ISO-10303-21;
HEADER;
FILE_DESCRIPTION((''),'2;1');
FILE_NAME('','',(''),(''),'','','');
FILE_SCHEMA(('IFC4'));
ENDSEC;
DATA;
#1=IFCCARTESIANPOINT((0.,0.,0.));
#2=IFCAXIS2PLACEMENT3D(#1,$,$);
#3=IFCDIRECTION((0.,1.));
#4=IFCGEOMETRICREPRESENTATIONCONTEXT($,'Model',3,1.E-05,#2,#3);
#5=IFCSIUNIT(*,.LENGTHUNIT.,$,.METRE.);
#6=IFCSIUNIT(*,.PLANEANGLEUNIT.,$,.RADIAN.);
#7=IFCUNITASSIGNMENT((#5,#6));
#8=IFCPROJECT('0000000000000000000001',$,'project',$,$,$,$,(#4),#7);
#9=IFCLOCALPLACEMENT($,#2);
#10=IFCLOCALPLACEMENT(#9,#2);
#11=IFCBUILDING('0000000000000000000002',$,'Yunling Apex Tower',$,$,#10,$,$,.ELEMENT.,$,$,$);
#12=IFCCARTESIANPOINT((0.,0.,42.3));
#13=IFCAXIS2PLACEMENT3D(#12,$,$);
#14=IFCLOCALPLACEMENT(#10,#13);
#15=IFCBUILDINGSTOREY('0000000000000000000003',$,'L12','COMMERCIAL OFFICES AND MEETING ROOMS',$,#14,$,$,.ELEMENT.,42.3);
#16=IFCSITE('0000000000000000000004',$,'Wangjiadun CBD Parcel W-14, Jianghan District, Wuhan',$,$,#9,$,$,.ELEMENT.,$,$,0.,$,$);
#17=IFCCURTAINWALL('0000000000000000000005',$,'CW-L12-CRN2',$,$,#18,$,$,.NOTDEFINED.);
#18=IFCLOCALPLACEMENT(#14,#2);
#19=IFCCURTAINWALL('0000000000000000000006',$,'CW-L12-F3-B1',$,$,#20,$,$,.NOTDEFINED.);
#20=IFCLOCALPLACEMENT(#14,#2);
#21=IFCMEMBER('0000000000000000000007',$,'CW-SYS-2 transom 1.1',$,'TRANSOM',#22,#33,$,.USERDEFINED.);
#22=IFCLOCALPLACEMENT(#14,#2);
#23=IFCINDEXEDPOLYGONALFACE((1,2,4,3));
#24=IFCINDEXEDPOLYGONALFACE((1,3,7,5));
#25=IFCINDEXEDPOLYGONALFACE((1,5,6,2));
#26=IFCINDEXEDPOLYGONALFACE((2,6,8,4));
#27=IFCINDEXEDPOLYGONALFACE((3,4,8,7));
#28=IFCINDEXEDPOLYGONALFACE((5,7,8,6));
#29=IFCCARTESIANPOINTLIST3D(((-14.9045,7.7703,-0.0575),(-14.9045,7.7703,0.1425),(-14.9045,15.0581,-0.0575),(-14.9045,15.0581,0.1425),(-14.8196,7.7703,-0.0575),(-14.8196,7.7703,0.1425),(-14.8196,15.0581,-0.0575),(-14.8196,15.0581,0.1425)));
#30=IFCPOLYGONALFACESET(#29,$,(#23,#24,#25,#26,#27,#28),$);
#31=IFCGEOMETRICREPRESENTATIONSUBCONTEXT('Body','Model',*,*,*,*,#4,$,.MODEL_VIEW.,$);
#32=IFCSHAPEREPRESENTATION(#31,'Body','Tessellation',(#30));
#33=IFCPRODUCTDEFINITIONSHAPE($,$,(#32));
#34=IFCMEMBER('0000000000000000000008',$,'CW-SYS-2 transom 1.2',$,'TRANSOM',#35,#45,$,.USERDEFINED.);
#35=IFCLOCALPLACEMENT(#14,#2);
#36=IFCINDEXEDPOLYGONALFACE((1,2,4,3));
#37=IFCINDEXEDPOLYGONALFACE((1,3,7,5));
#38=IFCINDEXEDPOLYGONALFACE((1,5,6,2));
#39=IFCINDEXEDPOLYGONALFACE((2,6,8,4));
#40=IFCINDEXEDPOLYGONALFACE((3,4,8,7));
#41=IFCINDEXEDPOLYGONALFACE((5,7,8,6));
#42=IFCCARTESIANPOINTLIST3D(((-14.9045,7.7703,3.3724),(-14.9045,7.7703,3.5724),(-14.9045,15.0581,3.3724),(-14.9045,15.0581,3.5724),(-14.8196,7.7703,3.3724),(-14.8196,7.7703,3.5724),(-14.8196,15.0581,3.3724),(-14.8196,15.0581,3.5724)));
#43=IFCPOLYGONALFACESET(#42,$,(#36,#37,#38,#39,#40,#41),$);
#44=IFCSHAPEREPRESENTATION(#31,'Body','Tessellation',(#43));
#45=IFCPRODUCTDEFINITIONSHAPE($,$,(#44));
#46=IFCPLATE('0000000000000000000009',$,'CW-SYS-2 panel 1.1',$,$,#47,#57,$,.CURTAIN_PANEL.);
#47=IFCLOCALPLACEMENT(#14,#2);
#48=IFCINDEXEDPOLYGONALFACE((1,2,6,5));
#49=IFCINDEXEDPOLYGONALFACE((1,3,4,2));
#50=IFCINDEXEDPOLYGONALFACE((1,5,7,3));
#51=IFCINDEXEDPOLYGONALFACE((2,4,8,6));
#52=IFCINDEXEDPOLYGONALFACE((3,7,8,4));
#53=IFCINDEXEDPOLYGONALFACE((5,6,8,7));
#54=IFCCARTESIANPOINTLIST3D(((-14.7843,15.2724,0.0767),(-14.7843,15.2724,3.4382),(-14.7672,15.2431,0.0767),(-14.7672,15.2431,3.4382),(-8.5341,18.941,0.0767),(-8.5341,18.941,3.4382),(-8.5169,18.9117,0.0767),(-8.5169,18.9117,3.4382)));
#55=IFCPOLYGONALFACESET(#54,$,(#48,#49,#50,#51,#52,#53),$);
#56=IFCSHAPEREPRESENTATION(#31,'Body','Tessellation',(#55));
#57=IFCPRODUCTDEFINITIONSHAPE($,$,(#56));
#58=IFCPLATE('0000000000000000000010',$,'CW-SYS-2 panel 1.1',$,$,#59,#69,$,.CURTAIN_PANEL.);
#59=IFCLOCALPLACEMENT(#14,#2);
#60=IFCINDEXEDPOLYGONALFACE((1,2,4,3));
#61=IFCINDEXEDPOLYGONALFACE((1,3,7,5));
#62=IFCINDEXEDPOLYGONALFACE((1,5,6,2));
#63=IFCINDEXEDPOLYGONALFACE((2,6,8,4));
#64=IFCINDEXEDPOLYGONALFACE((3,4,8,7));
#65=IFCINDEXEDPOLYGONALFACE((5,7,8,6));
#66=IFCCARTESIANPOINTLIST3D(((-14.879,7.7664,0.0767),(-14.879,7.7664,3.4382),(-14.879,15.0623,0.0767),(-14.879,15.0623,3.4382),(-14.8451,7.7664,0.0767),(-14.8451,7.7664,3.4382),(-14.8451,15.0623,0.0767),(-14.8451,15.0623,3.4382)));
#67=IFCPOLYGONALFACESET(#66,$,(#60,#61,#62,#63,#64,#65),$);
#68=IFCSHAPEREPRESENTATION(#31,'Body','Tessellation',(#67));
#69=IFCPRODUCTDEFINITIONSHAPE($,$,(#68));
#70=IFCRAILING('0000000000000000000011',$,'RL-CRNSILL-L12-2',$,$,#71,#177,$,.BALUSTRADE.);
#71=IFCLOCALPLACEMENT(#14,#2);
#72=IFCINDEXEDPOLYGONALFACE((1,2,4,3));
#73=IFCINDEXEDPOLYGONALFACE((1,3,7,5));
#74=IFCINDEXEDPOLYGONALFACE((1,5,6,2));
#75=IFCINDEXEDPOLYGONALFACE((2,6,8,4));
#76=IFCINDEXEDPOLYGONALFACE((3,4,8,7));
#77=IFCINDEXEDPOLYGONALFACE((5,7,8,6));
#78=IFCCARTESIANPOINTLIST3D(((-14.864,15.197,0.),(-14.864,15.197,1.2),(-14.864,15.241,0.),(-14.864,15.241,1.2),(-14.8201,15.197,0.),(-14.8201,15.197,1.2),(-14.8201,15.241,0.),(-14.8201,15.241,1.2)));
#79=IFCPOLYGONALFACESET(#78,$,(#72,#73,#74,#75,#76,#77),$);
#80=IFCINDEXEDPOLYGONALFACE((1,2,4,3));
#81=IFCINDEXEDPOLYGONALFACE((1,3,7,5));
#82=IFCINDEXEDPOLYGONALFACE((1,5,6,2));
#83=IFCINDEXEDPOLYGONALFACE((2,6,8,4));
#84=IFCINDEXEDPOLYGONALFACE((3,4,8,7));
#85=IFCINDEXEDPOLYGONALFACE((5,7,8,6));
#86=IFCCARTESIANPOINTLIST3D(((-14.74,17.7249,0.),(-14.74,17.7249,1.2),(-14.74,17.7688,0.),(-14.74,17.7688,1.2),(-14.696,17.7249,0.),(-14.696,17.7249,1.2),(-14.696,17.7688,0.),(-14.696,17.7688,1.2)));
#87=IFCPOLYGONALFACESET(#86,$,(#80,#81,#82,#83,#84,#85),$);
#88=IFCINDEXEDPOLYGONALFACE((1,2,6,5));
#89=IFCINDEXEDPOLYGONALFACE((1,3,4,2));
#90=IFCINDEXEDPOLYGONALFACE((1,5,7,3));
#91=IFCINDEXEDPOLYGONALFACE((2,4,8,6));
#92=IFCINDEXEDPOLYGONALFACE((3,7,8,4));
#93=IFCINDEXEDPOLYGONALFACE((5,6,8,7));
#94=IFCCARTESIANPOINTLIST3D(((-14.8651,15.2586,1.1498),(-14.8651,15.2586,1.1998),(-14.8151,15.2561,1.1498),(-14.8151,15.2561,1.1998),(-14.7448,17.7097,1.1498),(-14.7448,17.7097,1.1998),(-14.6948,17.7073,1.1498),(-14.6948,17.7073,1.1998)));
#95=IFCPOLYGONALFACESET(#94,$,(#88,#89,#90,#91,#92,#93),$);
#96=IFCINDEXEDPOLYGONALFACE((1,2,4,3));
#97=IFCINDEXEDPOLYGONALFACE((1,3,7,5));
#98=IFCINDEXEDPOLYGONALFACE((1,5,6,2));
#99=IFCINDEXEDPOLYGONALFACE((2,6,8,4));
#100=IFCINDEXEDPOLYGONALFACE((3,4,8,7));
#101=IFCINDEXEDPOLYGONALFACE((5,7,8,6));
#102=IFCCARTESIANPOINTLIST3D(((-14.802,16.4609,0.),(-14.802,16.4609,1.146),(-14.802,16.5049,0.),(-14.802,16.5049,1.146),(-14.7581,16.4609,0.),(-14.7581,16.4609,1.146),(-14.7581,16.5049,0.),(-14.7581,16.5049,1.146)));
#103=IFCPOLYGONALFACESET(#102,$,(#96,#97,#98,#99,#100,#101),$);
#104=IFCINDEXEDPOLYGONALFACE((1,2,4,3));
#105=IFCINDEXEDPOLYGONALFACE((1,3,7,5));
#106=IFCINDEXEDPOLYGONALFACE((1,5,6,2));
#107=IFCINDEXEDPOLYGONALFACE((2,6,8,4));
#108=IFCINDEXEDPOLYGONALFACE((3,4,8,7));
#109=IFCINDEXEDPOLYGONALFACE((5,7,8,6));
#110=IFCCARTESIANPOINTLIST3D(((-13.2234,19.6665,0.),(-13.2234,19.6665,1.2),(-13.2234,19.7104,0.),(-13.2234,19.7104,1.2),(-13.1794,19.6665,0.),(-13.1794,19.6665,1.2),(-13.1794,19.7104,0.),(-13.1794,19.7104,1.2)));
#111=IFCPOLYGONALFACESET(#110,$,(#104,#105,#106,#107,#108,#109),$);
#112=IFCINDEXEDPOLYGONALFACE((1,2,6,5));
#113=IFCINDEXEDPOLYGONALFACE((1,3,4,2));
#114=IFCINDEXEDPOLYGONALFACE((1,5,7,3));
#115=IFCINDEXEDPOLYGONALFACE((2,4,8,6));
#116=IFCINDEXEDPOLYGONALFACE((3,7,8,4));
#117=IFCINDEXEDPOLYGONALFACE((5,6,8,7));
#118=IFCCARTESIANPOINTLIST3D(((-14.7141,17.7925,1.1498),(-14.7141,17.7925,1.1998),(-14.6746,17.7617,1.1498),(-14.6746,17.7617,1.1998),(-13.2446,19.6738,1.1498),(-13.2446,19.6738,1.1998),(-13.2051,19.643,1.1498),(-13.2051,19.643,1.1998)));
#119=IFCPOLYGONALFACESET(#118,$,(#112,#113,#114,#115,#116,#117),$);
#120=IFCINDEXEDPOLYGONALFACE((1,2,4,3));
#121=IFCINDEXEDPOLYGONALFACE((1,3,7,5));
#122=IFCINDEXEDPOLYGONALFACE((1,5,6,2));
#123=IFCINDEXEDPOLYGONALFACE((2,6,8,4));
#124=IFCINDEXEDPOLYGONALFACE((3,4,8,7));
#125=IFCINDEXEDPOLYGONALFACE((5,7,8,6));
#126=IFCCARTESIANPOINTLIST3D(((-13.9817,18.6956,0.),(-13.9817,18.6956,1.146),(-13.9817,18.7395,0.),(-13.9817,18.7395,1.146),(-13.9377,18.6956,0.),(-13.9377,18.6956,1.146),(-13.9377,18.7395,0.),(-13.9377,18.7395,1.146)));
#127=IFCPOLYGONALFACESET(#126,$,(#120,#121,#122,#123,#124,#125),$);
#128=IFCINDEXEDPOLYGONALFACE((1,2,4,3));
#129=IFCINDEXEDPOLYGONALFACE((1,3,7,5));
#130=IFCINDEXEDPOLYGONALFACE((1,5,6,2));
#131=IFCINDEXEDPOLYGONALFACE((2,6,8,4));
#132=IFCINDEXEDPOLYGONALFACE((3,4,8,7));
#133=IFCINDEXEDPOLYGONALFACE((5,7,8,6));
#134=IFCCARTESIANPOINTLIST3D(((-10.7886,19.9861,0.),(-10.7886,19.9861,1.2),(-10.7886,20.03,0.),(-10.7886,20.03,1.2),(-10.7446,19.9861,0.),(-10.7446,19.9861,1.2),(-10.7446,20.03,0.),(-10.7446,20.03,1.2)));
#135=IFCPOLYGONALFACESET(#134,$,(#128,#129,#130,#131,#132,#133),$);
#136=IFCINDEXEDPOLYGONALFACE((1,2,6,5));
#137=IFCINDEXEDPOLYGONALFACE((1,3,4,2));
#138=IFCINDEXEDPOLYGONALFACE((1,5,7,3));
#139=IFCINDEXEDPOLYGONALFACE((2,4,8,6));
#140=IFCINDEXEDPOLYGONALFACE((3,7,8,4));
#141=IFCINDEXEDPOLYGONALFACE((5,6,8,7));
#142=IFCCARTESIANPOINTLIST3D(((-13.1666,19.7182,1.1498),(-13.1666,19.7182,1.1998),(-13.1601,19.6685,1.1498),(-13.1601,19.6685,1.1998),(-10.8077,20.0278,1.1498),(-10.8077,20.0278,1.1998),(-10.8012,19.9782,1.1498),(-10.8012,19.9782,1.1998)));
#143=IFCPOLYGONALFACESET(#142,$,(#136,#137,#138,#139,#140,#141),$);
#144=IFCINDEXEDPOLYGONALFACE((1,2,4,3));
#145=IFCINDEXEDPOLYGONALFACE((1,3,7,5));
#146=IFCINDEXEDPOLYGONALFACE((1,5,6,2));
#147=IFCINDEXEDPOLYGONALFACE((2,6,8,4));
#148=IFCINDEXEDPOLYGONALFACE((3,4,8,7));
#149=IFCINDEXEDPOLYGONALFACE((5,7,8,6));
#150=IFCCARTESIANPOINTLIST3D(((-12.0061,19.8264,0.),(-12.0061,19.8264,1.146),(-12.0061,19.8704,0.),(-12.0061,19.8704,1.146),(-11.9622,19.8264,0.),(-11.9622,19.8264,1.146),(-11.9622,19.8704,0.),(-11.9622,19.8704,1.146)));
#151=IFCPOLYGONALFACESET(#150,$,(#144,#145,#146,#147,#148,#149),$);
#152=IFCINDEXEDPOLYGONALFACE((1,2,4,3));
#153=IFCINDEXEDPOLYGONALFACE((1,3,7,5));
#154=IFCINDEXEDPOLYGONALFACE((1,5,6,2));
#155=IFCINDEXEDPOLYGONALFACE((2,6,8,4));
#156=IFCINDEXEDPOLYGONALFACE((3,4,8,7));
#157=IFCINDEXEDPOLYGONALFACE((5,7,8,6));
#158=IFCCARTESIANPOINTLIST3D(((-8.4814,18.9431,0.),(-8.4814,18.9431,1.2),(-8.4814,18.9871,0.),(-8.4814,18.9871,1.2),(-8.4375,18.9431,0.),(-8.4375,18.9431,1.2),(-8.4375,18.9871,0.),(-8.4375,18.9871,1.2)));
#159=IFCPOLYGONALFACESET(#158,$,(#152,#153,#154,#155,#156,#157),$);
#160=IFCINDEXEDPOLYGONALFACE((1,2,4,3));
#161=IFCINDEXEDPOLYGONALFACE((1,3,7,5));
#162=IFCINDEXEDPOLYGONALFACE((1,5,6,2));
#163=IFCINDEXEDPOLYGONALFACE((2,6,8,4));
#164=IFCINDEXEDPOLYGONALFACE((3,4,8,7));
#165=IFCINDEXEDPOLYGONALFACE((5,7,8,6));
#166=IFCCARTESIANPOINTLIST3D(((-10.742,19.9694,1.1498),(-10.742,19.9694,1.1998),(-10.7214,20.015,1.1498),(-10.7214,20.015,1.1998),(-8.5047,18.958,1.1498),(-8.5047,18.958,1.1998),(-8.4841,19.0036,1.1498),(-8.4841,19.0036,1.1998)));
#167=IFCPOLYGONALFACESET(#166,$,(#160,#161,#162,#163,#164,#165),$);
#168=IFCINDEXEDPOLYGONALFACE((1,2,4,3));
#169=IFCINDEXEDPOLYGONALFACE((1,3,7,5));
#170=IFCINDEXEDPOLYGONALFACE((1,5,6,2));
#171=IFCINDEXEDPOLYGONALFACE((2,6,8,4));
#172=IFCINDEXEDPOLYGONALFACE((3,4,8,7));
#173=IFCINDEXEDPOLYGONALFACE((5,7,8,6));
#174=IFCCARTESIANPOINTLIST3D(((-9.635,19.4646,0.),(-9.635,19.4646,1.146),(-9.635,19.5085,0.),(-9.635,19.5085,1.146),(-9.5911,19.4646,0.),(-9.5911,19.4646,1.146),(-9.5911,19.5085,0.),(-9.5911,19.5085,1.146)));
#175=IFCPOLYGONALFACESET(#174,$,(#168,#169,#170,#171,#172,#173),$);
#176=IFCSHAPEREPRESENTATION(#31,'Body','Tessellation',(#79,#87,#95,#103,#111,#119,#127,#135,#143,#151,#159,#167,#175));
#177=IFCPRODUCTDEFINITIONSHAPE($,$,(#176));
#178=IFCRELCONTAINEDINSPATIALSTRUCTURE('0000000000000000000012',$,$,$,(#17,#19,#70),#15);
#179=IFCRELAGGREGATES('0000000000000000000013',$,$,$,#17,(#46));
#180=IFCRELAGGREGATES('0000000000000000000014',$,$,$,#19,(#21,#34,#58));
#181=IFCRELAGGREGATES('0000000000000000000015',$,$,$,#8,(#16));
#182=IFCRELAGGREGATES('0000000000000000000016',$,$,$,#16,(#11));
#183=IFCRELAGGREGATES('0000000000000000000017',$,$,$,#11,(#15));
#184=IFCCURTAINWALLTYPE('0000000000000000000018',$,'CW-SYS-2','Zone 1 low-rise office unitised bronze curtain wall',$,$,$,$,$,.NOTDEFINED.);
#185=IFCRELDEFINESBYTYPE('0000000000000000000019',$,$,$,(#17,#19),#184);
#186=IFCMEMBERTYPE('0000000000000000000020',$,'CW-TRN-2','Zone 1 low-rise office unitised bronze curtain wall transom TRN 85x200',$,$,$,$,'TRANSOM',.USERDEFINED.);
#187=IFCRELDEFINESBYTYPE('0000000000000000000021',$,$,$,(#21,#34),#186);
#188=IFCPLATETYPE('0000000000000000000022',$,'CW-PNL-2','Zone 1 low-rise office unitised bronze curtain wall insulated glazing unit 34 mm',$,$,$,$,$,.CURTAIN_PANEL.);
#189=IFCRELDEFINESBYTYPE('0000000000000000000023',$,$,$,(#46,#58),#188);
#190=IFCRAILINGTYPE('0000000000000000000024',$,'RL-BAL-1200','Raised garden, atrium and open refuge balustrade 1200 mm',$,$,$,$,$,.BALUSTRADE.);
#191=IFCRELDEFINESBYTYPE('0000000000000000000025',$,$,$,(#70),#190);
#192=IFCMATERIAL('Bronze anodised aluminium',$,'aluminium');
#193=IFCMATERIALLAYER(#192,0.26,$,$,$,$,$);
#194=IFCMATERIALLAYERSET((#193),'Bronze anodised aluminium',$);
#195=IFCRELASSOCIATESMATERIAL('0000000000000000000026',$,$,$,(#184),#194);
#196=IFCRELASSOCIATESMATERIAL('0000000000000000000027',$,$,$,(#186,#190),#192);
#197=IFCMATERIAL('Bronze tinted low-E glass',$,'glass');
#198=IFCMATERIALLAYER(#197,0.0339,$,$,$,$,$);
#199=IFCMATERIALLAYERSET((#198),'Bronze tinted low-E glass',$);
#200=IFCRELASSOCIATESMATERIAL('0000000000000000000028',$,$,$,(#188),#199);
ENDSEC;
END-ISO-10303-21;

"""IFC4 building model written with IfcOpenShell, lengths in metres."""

from ifc_helpers import new_model, si_unit, direction, frame, origin, origin_2d, place, context, subcontext, project, spatial, rectangle, extrude, source, transform, mapped, material, layer, layer_set, material_profile, profile_set, type_object, element, aggregate, save


model = new_model("IFC4")

# Units and contexts
model_context = context("Model", 3, precision=1e-05, world=origin(), true_north=direction((0.0, 1.0)))
body_context = subcontext(model_context, "Body", "Model", "MODEL_VIEW")
ifc_project = project(units=[si_unit("LENGTHUNIT", "METRE"), si_unit("PLANEANGLEUNIT", "RADIAN")], contexts=[model_context])

# Site, building, storey
site_placement = place(None, origin())
site = spatial("IfcSite", under=ifc_project, at=site_placement, Name="Wangjiadun CBD Parcel W-14, Jianghan District, Wuhan", CompositionType="ELEMENT", RefElevation=0.0)
building_placement = place(site_placement, origin())
building = spatial("IfcBuilding", under=site, at=building_placement, Name="Yunling Apex Tower", CompositionType="ELEMENT")
storey_placement = place(building_placement, frame((0.0, 0.0, 42.3)))
storey = spatial("IfcBuildingStorey", under=building, at=storey_placement, Name="L12", Description="COMMERCIAL OFFICES AND MEETING ROOMS", CompositionType="ELEMENT", Elevation=42.3)

# Curtain wall
ifc_material_1 = material(Name="Bronze anodised aluminium", Category="aluminium")
ifc_layer_1 = layer(ifc_material_1, 0.26)
ifc_layer_set_1 = layer_set([ifc_layer_1], Name="Bronze anodised aluminium")
curtain_wall_type = type_object("IfcCurtainWallType", Name="CW-SYS-2", Description="Zone 1 low-rise office unitised bronze curtain wall", PredefinedType="NOTDEFINED", material=ifc_layer_set_1)
curtain_wall_1_placement = place(storey_placement, origin())
curtain_wall_1 = element("IfcCurtainWall", 1, at=curtain_wall_1_placement, inside=storey, type_object=curtain_wall_type, Name="CW-L12-CRN2", PredefinedType="NOTDEFINED")

# Curtain wall, members
curtain_wall_2_placement = place(storey_placement, origin())
curtain_wall_2 = element("IfcCurtainWall", 2, at=curtain_wall_2_placement, inside=storey, type_object=curtain_wall_type, Name="CW-L12-F3-B1", PredefinedType="NOTDEFINED")
ifc_material_profile_1 = material_profile(ifc_material_1, rectangle(XDim=0.085, YDim=0.2, at=origin_2d()))
ifc_profile_set_1 = profile_set([ifc_material_profile_1], Name="Bronze anodised aluminium")
member_type_1 = type_object("IfcMemberType", Name="CW-TRN-2", Description="Zone 1 low-rise office unitised bronze curtain wall transom TRN 85x200", ElementType="TRANSOM", PredefinedType="USERDEFINED", material=ifc_profile_set_1)
shared_shape_1 = source(origin(), body_context, "Body", "SweptSolid", [
    extrude(rectangle(XDim=0.085, YDim=0.2, at=origin_2d()), origin(), (0.0, 0.0, 1.0), 7.2878),
])
member_1_placement = place(storey_placement, frame((-14.8621, 15.0581, 0.0425), z_axis=(0.0, -1.0, 0.0), x_axis=(1.0, 0.0, 0.0)))
member_1 = element("IfcMember", 3, at=member_1_placement, type_object=member_type_1, Name="CW-SYS-2 transom 1.1", ObjectType="TRANSOM", PredefinedType="USERDEFINED", context=body_context, shape_type="MappedRepresentation", body=[
    mapped(shared_shape_1, transform((0.0, 0.0, 0.0), scale=1.0)),
])
member_2_placement = place(storey_placement, frame((-14.8621, 15.0581, 3.4724), z_axis=(0.0, -1.0, 0.0), x_axis=(1.0, 0.0, 0.0)))
member_2 = element("IfcMember", 4, at=member_2_placement, type_object=member_type_1, Name="CW-SYS-2 transom 1.2", ObjectType="TRANSOM", PredefinedType="USERDEFINED", context=body_context, shape_type="MappedRepresentation", body=[
    mapped(shared_shape_1, transform((0.0, 0.0, 0.0), scale=1.0)),
])

# Plates
ifc_material_2 = material(Name="Bronze tinted low-E glass", Category="glass")
ifc_layer_2 = layer(ifc_material_2, 0.0339)
ifc_layer_set_2 = layer_set([ifc_layer_2], Name="Bronze tinted low-E glass")
plate_type = type_object("IfcPlateType", Name="CW-PNL-2", Description="Zone 1 low-rise office unitised bronze curtain wall insulated glazing unit 34 mm", PredefinedType="CURTAIN_PANEL", material=ifc_layer_set_2)
shared_shape_2 = source(origin(), body_context, "Body", "SweptSolid", [
    extrude(rectangle(XDim=7.2473, YDim=0.0339, at=origin_2d()), origin(), (0.0, 0.0, 1.0), 3.3616),
])
plate_1_placement = place(storey_placement, frame((-11.6506, 17.092, 0.0767), z_axis=(0.0, 0.0, 1.0), x_axis=(-0.862419, -0.506196, 0.0)))
plate_1 = element("IfcPlate", 5, at=plate_1_placement, type_object=plate_type, Name="CW-SYS-2 panel 1.1", PredefinedType="CURTAIN_PANEL", context=body_context, shape_type="MappedRepresentation", body=[
    mapped(shared_shape_2, transform((0.0, 0.0, 0.0), scale=1.0)),
])
aggregate(curtain_wall_1, [plate_1])
shared_shape_3 = source(origin(), body_context, "Body", "SweptSolid", [
    extrude(rectangle(XDim=7.2959, YDim=0.0339, at=origin_2d()), origin(), (0.0, 0.0, 1.0), 3.3616),
])
plate_2_placement = place(storey_placement, frame((-14.8621, 11.4143, 0.0767), z_axis=(0.0, 0.0, 1.0), x_axis=(0.0, -1.0, 0.0)))
plate_2 = element("IfcPlate", 6, at=plate_2_placement, type_object=plate_type, Name="CW-SYS-2 panel 1.1", PredefinedType="CURTAIN_PANEL", context=body_context, shape_type="MappedRepresentation", body=[
    mapped(shared_shape_3, transform((0.0, 0.0, 0.0), scale=1.0)),
])
aggregate(curtain_wall_2, [member_1, member_2, plate_2])

# Railing
railing_type = type_object("IfcRailingType", Name="RL-BAL-1200", Description="Raised garden, atrium and open refuge balustrade 1200 mm", PredefinedType="BALUSTRADE", material=ifc_material_1)
railing_placement = place(storey_placement, frame((-14.842, 15.219, 0.0)))
element("IfcRailing", 7, at=railing_placement, inside=storey, type_object=railing_type, Name="RL-CRNSILL-L12-2", PredefinedType="BALUSTRADE", context=body_context, shape_type="SweptSolid", body=[
    extrude(rectangle(XDim=0.0439, YDim=0.0439, at=origin_2d()), origin(), (0.0, 0.0, 1.0), 1.2),
    extrude(rectangle(XDim=0.0439, YDim=0.0439, at=origin_2d()), frame((0.124, 2.5278, 0.0)), (0.0, 0.0, 1.0), 1.2),
    extrude(rectangle(XDim=0.05, YDim=0.05, at=origin_2d()), frame((0.002, 0.0383, 1.1748), z_axis=(0.049004, 0.998799, 0.0), x_axis=(-0.998799, 0.049004, 0.0)), (0.0, 0.0, 1.0), 2.4541),
    extrude(rectangle(XDim=0.0439, YDim=0.0439, at=origin_2d()), frame((0.062, 1.2639, 0.0)), (0.0, 0.0, 1.0), 1.146),
    extrude(rectangle(XDim=0.0439, YDim=0.0439, at=origin_2d()), frame((1.6406, 4.4695, 0.0)), (0.0, 0.0, 1.0), 1.2),
    extrude(rectangle(XDim=0.05, YDim=0.05, at=origin_2d()), frame((0.1477, 2.5581, 1.1748), z_axis=(0.615565, 0.788086, 0.0), x_axis=(-0.788086, 0.615565, 0.0)), (0.0, 0.0, 1.0), 2.3872),
    extrude(rectangle(XDim=0.0439, YDim=0.0439, at=origin_2d()), frame((0.8823, 3.4985, 0.0)), (0.0, 0.0, 1.0), 1.146),
    extrude(rectangle(XDim=0.0439, YDim=0.0439, at=origin_2d()), frame((4.0754, 4.7891, 0.0)), (0.0, 0.0, 1.0), 1.2),
    extrude(rectangle(XDim=0.05, YDim=0.05, at=origin_2d()), frame((1.6787, 4.4744, 1.1748), z_axis=(0.991496, 0.130138, 0.0), x_axis=(-0.130138, 0.991496, 0.0)), (0.0, 0.0, 1.0), 2.3792),
    extrude(rectangle(XDim=0.0439, YDim=0.0439, at=origin_2d()), frame((2.8579, 4.6294, 0.0)), (0.0, 0.0, 1.0), 1.146),
    extrude(rectangle(XDim=0.0439, YDim=0.0439, at=origin_2d()), frame((6.3826, 3.7461, 0.0)), (0.0, 0.0, 1.0), 1.2),
    extrude(rectangle(XDim=0.05, YDim=0.05, at=origin_2d()), frame((4.1104, 4.7732, 1.1748), z_axis=(0.911217, -0.411928, 0.0), x_axis=(0.411928, 0.911217, 0.0)), (0.0, 0.0, 1.0), 2.4553),
    extrude(rectangle(XDim=0.0439, YDim=0.0439, at=origin_2d()), frame((5.229, 4.2676, 0.0)), (0.0, 0.0, 1.0), 1.146),
])

save(model, "model.ifc")
